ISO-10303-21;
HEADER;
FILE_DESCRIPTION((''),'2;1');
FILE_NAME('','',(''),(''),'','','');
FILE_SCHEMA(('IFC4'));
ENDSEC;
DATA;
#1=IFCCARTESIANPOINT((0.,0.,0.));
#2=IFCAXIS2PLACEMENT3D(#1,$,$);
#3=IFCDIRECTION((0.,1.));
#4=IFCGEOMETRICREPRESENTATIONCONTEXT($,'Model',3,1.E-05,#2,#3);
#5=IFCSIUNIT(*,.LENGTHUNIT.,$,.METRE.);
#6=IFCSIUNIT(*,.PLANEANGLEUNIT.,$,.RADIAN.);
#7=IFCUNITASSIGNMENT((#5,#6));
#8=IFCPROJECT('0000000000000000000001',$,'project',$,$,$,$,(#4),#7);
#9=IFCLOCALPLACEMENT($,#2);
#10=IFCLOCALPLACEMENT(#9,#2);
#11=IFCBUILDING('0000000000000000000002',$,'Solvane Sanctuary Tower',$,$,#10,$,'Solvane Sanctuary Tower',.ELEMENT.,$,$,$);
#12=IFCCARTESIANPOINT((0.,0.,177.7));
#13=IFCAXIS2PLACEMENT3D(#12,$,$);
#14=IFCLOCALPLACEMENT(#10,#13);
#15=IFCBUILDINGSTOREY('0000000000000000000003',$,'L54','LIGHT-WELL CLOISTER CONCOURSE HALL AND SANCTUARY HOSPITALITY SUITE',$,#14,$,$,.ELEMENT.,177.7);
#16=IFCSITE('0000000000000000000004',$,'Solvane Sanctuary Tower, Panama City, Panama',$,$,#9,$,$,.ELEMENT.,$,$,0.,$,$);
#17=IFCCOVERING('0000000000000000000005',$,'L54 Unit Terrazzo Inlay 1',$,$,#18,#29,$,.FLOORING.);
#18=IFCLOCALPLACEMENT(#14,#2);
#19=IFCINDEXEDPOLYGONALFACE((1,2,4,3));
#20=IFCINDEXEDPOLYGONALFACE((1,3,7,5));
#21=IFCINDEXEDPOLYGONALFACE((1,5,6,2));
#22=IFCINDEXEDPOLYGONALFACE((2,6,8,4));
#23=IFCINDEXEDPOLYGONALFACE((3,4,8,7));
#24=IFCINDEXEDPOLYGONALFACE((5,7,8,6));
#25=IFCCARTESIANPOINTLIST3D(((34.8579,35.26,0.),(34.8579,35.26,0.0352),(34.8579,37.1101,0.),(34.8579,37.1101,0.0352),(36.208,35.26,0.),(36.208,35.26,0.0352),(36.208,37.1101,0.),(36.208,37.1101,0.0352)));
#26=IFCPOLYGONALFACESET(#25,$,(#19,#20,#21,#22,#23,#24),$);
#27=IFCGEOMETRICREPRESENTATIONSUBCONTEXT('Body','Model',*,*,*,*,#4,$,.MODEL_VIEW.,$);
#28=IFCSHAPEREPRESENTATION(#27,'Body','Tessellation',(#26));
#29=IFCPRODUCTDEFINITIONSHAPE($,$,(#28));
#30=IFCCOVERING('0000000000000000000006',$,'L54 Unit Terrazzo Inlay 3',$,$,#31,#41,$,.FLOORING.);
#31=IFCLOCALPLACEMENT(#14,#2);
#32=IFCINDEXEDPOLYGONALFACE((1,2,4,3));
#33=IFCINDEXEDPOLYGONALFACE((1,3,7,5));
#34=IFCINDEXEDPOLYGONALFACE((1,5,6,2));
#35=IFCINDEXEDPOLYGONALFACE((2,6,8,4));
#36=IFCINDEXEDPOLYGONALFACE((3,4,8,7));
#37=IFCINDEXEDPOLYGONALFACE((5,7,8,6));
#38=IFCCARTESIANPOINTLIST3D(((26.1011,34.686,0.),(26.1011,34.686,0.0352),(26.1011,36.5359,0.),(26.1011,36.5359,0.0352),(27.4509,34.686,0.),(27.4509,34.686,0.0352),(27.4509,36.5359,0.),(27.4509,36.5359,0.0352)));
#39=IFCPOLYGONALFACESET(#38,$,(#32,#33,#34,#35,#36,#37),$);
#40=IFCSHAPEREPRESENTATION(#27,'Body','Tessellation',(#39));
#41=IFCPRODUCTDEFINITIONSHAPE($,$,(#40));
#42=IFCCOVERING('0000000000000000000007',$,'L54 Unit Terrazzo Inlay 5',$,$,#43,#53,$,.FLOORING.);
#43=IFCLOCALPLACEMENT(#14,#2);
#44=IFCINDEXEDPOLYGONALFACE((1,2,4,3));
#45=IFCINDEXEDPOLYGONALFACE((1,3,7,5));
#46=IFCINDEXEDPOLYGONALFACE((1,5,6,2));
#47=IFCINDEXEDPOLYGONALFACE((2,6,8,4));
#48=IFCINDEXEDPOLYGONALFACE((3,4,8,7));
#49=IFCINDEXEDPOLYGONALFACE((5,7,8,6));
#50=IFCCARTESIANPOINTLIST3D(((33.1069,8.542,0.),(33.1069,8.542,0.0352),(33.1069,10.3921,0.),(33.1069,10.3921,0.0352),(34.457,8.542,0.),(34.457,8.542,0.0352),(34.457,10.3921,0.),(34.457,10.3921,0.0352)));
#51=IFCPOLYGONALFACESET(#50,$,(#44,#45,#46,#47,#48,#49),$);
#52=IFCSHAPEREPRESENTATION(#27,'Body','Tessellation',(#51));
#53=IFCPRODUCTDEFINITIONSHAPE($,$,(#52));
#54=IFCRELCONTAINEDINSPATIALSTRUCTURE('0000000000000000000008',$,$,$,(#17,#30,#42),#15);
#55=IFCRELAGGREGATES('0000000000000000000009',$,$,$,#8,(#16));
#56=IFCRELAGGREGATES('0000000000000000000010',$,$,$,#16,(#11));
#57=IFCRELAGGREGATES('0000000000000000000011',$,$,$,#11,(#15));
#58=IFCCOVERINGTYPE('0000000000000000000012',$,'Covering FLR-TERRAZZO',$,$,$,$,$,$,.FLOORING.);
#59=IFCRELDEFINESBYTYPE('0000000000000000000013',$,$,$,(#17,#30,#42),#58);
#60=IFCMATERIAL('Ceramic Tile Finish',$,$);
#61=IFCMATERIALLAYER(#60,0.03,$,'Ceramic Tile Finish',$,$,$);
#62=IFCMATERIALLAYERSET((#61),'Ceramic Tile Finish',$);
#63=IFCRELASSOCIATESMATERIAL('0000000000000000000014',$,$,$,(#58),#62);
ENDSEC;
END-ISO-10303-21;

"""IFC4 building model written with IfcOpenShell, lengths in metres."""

from ifc_helpers import new_model, si_unit, direction, frame, origin, place, context, subcontext, project, spatial, polyline, outline, extrude, material, layer, layer_set, type_object, element, save


model = new_model("IFC4")

# Units and contexts
model_context = context("Model", 3, precision=1e-05, world=origin(), true_north=direction((0.0, 1.0)))
body_context = subcontext(model_context, "Body", "Model", "MODEL_VIEW")
ifc_project = project(units=[si_unit("LENGTHUNIT", "METRE"), si_unit("PLANEANGLEUNIT", "RADIAN")], contexts=[model_context])

# Site, building, storey
site_placement = place(None, origin())
site = spatial("IfcSite", under=ifc_project, at=site_placement, Name="Solvane Sanctuary Tower, Panama City, Panama", CompositionType="ELEMENT", RefElevation=0.0)
building_placement = place(site_placement, origin())
building = spatial("IfcBuilding", under=site, at=building_placement, Name="Solvane Sanctuary Tower", LongName="Solvane Sanctuary Tower", CompositionType="ELEMENT")
storey_placement = place(building_placement, frame((0.0, 0.0, 177.7)))
storey = spatial("IfcBuildingStorey", under=building, at=storey_placement, Name="L54", Description="LIGHT-WELL CLOISTER CONCOURSE HALL AND SANCTUARY HOSPITALITY SUITE", CompositionType="ELEMENT", Elevation=177.7)

# Coverings
ifc_material_1 = material(Name="Ceramic Tile Finish")
ifc_layer_1 = layer(ifc_material_1, 0.03, Name="Ceramic Tile Finish")
ifc_layer_set_1 = layer_set([ifc_layer_1], Name="Ceramic Tile Finish")
covering_type_1 = type_object("IfcCoveringType", Name="Covering FLR-TERRAZZO", PredefinedType="FLOORING", material=ifc_layer_set_1)
covering_1_placement = place(storey_placement, origin())
element("IfcCovering", 1, at=covering_1_placement, inside=storey, type_object=covering_type_1, Name="L54 Unit Terrazzo Inlay 1", PredefinedType="FLOORING", context=body_context, shape_type="SweptSolid", body=[
    extrude(outline(polyline([(34.8579, 35.26), (36.208, 35.26), (36.208, 37.1101), (34.8579, 37.1101), (34.8579, 35.26)])), origin(), (0.0, 0.0, 1.0), 0.0352),
])
covering_2_placement = place(storey_placement, origin())
element("IfcCovering", 2, at=covering_2_placement, inside=storey, type_object=covering_type_1, Name="L54 Unit Terrazzo Inlay 3", PredefinedType="FLOORING", context=body_context, shape_type="SweptSolid", body=[
    extrude(outline(polyline([(26.1011, 34.686), (27.4509, 34.686), (27.4509, 36.5359), (26.1011, 36.5359), (26.1011, 34.686)])), origin(), (0.0, 0.0, 1.0), 0.0352),
])
covering_3_placement = place(storey_placement, origin())
element("IfcCovering", 3, at=covering_3_placement, inside=storey, type_object=covering_type_1, Name="L54 Unit Terrazzo Inlay 5", PredefinedType="FLOORING", context=body_context, shape_type="SweptSolid", body=[
    extrude(outline(polyline([(33.1069, 8.542), (34.457, 8.542), (34.457, 10.3921), (33.1069, 10.3921), (33.1069, 8.542)])), origin(), (0.0, 0.0, 1.0), 0.0352),
])

save(model, "model.ifc")
